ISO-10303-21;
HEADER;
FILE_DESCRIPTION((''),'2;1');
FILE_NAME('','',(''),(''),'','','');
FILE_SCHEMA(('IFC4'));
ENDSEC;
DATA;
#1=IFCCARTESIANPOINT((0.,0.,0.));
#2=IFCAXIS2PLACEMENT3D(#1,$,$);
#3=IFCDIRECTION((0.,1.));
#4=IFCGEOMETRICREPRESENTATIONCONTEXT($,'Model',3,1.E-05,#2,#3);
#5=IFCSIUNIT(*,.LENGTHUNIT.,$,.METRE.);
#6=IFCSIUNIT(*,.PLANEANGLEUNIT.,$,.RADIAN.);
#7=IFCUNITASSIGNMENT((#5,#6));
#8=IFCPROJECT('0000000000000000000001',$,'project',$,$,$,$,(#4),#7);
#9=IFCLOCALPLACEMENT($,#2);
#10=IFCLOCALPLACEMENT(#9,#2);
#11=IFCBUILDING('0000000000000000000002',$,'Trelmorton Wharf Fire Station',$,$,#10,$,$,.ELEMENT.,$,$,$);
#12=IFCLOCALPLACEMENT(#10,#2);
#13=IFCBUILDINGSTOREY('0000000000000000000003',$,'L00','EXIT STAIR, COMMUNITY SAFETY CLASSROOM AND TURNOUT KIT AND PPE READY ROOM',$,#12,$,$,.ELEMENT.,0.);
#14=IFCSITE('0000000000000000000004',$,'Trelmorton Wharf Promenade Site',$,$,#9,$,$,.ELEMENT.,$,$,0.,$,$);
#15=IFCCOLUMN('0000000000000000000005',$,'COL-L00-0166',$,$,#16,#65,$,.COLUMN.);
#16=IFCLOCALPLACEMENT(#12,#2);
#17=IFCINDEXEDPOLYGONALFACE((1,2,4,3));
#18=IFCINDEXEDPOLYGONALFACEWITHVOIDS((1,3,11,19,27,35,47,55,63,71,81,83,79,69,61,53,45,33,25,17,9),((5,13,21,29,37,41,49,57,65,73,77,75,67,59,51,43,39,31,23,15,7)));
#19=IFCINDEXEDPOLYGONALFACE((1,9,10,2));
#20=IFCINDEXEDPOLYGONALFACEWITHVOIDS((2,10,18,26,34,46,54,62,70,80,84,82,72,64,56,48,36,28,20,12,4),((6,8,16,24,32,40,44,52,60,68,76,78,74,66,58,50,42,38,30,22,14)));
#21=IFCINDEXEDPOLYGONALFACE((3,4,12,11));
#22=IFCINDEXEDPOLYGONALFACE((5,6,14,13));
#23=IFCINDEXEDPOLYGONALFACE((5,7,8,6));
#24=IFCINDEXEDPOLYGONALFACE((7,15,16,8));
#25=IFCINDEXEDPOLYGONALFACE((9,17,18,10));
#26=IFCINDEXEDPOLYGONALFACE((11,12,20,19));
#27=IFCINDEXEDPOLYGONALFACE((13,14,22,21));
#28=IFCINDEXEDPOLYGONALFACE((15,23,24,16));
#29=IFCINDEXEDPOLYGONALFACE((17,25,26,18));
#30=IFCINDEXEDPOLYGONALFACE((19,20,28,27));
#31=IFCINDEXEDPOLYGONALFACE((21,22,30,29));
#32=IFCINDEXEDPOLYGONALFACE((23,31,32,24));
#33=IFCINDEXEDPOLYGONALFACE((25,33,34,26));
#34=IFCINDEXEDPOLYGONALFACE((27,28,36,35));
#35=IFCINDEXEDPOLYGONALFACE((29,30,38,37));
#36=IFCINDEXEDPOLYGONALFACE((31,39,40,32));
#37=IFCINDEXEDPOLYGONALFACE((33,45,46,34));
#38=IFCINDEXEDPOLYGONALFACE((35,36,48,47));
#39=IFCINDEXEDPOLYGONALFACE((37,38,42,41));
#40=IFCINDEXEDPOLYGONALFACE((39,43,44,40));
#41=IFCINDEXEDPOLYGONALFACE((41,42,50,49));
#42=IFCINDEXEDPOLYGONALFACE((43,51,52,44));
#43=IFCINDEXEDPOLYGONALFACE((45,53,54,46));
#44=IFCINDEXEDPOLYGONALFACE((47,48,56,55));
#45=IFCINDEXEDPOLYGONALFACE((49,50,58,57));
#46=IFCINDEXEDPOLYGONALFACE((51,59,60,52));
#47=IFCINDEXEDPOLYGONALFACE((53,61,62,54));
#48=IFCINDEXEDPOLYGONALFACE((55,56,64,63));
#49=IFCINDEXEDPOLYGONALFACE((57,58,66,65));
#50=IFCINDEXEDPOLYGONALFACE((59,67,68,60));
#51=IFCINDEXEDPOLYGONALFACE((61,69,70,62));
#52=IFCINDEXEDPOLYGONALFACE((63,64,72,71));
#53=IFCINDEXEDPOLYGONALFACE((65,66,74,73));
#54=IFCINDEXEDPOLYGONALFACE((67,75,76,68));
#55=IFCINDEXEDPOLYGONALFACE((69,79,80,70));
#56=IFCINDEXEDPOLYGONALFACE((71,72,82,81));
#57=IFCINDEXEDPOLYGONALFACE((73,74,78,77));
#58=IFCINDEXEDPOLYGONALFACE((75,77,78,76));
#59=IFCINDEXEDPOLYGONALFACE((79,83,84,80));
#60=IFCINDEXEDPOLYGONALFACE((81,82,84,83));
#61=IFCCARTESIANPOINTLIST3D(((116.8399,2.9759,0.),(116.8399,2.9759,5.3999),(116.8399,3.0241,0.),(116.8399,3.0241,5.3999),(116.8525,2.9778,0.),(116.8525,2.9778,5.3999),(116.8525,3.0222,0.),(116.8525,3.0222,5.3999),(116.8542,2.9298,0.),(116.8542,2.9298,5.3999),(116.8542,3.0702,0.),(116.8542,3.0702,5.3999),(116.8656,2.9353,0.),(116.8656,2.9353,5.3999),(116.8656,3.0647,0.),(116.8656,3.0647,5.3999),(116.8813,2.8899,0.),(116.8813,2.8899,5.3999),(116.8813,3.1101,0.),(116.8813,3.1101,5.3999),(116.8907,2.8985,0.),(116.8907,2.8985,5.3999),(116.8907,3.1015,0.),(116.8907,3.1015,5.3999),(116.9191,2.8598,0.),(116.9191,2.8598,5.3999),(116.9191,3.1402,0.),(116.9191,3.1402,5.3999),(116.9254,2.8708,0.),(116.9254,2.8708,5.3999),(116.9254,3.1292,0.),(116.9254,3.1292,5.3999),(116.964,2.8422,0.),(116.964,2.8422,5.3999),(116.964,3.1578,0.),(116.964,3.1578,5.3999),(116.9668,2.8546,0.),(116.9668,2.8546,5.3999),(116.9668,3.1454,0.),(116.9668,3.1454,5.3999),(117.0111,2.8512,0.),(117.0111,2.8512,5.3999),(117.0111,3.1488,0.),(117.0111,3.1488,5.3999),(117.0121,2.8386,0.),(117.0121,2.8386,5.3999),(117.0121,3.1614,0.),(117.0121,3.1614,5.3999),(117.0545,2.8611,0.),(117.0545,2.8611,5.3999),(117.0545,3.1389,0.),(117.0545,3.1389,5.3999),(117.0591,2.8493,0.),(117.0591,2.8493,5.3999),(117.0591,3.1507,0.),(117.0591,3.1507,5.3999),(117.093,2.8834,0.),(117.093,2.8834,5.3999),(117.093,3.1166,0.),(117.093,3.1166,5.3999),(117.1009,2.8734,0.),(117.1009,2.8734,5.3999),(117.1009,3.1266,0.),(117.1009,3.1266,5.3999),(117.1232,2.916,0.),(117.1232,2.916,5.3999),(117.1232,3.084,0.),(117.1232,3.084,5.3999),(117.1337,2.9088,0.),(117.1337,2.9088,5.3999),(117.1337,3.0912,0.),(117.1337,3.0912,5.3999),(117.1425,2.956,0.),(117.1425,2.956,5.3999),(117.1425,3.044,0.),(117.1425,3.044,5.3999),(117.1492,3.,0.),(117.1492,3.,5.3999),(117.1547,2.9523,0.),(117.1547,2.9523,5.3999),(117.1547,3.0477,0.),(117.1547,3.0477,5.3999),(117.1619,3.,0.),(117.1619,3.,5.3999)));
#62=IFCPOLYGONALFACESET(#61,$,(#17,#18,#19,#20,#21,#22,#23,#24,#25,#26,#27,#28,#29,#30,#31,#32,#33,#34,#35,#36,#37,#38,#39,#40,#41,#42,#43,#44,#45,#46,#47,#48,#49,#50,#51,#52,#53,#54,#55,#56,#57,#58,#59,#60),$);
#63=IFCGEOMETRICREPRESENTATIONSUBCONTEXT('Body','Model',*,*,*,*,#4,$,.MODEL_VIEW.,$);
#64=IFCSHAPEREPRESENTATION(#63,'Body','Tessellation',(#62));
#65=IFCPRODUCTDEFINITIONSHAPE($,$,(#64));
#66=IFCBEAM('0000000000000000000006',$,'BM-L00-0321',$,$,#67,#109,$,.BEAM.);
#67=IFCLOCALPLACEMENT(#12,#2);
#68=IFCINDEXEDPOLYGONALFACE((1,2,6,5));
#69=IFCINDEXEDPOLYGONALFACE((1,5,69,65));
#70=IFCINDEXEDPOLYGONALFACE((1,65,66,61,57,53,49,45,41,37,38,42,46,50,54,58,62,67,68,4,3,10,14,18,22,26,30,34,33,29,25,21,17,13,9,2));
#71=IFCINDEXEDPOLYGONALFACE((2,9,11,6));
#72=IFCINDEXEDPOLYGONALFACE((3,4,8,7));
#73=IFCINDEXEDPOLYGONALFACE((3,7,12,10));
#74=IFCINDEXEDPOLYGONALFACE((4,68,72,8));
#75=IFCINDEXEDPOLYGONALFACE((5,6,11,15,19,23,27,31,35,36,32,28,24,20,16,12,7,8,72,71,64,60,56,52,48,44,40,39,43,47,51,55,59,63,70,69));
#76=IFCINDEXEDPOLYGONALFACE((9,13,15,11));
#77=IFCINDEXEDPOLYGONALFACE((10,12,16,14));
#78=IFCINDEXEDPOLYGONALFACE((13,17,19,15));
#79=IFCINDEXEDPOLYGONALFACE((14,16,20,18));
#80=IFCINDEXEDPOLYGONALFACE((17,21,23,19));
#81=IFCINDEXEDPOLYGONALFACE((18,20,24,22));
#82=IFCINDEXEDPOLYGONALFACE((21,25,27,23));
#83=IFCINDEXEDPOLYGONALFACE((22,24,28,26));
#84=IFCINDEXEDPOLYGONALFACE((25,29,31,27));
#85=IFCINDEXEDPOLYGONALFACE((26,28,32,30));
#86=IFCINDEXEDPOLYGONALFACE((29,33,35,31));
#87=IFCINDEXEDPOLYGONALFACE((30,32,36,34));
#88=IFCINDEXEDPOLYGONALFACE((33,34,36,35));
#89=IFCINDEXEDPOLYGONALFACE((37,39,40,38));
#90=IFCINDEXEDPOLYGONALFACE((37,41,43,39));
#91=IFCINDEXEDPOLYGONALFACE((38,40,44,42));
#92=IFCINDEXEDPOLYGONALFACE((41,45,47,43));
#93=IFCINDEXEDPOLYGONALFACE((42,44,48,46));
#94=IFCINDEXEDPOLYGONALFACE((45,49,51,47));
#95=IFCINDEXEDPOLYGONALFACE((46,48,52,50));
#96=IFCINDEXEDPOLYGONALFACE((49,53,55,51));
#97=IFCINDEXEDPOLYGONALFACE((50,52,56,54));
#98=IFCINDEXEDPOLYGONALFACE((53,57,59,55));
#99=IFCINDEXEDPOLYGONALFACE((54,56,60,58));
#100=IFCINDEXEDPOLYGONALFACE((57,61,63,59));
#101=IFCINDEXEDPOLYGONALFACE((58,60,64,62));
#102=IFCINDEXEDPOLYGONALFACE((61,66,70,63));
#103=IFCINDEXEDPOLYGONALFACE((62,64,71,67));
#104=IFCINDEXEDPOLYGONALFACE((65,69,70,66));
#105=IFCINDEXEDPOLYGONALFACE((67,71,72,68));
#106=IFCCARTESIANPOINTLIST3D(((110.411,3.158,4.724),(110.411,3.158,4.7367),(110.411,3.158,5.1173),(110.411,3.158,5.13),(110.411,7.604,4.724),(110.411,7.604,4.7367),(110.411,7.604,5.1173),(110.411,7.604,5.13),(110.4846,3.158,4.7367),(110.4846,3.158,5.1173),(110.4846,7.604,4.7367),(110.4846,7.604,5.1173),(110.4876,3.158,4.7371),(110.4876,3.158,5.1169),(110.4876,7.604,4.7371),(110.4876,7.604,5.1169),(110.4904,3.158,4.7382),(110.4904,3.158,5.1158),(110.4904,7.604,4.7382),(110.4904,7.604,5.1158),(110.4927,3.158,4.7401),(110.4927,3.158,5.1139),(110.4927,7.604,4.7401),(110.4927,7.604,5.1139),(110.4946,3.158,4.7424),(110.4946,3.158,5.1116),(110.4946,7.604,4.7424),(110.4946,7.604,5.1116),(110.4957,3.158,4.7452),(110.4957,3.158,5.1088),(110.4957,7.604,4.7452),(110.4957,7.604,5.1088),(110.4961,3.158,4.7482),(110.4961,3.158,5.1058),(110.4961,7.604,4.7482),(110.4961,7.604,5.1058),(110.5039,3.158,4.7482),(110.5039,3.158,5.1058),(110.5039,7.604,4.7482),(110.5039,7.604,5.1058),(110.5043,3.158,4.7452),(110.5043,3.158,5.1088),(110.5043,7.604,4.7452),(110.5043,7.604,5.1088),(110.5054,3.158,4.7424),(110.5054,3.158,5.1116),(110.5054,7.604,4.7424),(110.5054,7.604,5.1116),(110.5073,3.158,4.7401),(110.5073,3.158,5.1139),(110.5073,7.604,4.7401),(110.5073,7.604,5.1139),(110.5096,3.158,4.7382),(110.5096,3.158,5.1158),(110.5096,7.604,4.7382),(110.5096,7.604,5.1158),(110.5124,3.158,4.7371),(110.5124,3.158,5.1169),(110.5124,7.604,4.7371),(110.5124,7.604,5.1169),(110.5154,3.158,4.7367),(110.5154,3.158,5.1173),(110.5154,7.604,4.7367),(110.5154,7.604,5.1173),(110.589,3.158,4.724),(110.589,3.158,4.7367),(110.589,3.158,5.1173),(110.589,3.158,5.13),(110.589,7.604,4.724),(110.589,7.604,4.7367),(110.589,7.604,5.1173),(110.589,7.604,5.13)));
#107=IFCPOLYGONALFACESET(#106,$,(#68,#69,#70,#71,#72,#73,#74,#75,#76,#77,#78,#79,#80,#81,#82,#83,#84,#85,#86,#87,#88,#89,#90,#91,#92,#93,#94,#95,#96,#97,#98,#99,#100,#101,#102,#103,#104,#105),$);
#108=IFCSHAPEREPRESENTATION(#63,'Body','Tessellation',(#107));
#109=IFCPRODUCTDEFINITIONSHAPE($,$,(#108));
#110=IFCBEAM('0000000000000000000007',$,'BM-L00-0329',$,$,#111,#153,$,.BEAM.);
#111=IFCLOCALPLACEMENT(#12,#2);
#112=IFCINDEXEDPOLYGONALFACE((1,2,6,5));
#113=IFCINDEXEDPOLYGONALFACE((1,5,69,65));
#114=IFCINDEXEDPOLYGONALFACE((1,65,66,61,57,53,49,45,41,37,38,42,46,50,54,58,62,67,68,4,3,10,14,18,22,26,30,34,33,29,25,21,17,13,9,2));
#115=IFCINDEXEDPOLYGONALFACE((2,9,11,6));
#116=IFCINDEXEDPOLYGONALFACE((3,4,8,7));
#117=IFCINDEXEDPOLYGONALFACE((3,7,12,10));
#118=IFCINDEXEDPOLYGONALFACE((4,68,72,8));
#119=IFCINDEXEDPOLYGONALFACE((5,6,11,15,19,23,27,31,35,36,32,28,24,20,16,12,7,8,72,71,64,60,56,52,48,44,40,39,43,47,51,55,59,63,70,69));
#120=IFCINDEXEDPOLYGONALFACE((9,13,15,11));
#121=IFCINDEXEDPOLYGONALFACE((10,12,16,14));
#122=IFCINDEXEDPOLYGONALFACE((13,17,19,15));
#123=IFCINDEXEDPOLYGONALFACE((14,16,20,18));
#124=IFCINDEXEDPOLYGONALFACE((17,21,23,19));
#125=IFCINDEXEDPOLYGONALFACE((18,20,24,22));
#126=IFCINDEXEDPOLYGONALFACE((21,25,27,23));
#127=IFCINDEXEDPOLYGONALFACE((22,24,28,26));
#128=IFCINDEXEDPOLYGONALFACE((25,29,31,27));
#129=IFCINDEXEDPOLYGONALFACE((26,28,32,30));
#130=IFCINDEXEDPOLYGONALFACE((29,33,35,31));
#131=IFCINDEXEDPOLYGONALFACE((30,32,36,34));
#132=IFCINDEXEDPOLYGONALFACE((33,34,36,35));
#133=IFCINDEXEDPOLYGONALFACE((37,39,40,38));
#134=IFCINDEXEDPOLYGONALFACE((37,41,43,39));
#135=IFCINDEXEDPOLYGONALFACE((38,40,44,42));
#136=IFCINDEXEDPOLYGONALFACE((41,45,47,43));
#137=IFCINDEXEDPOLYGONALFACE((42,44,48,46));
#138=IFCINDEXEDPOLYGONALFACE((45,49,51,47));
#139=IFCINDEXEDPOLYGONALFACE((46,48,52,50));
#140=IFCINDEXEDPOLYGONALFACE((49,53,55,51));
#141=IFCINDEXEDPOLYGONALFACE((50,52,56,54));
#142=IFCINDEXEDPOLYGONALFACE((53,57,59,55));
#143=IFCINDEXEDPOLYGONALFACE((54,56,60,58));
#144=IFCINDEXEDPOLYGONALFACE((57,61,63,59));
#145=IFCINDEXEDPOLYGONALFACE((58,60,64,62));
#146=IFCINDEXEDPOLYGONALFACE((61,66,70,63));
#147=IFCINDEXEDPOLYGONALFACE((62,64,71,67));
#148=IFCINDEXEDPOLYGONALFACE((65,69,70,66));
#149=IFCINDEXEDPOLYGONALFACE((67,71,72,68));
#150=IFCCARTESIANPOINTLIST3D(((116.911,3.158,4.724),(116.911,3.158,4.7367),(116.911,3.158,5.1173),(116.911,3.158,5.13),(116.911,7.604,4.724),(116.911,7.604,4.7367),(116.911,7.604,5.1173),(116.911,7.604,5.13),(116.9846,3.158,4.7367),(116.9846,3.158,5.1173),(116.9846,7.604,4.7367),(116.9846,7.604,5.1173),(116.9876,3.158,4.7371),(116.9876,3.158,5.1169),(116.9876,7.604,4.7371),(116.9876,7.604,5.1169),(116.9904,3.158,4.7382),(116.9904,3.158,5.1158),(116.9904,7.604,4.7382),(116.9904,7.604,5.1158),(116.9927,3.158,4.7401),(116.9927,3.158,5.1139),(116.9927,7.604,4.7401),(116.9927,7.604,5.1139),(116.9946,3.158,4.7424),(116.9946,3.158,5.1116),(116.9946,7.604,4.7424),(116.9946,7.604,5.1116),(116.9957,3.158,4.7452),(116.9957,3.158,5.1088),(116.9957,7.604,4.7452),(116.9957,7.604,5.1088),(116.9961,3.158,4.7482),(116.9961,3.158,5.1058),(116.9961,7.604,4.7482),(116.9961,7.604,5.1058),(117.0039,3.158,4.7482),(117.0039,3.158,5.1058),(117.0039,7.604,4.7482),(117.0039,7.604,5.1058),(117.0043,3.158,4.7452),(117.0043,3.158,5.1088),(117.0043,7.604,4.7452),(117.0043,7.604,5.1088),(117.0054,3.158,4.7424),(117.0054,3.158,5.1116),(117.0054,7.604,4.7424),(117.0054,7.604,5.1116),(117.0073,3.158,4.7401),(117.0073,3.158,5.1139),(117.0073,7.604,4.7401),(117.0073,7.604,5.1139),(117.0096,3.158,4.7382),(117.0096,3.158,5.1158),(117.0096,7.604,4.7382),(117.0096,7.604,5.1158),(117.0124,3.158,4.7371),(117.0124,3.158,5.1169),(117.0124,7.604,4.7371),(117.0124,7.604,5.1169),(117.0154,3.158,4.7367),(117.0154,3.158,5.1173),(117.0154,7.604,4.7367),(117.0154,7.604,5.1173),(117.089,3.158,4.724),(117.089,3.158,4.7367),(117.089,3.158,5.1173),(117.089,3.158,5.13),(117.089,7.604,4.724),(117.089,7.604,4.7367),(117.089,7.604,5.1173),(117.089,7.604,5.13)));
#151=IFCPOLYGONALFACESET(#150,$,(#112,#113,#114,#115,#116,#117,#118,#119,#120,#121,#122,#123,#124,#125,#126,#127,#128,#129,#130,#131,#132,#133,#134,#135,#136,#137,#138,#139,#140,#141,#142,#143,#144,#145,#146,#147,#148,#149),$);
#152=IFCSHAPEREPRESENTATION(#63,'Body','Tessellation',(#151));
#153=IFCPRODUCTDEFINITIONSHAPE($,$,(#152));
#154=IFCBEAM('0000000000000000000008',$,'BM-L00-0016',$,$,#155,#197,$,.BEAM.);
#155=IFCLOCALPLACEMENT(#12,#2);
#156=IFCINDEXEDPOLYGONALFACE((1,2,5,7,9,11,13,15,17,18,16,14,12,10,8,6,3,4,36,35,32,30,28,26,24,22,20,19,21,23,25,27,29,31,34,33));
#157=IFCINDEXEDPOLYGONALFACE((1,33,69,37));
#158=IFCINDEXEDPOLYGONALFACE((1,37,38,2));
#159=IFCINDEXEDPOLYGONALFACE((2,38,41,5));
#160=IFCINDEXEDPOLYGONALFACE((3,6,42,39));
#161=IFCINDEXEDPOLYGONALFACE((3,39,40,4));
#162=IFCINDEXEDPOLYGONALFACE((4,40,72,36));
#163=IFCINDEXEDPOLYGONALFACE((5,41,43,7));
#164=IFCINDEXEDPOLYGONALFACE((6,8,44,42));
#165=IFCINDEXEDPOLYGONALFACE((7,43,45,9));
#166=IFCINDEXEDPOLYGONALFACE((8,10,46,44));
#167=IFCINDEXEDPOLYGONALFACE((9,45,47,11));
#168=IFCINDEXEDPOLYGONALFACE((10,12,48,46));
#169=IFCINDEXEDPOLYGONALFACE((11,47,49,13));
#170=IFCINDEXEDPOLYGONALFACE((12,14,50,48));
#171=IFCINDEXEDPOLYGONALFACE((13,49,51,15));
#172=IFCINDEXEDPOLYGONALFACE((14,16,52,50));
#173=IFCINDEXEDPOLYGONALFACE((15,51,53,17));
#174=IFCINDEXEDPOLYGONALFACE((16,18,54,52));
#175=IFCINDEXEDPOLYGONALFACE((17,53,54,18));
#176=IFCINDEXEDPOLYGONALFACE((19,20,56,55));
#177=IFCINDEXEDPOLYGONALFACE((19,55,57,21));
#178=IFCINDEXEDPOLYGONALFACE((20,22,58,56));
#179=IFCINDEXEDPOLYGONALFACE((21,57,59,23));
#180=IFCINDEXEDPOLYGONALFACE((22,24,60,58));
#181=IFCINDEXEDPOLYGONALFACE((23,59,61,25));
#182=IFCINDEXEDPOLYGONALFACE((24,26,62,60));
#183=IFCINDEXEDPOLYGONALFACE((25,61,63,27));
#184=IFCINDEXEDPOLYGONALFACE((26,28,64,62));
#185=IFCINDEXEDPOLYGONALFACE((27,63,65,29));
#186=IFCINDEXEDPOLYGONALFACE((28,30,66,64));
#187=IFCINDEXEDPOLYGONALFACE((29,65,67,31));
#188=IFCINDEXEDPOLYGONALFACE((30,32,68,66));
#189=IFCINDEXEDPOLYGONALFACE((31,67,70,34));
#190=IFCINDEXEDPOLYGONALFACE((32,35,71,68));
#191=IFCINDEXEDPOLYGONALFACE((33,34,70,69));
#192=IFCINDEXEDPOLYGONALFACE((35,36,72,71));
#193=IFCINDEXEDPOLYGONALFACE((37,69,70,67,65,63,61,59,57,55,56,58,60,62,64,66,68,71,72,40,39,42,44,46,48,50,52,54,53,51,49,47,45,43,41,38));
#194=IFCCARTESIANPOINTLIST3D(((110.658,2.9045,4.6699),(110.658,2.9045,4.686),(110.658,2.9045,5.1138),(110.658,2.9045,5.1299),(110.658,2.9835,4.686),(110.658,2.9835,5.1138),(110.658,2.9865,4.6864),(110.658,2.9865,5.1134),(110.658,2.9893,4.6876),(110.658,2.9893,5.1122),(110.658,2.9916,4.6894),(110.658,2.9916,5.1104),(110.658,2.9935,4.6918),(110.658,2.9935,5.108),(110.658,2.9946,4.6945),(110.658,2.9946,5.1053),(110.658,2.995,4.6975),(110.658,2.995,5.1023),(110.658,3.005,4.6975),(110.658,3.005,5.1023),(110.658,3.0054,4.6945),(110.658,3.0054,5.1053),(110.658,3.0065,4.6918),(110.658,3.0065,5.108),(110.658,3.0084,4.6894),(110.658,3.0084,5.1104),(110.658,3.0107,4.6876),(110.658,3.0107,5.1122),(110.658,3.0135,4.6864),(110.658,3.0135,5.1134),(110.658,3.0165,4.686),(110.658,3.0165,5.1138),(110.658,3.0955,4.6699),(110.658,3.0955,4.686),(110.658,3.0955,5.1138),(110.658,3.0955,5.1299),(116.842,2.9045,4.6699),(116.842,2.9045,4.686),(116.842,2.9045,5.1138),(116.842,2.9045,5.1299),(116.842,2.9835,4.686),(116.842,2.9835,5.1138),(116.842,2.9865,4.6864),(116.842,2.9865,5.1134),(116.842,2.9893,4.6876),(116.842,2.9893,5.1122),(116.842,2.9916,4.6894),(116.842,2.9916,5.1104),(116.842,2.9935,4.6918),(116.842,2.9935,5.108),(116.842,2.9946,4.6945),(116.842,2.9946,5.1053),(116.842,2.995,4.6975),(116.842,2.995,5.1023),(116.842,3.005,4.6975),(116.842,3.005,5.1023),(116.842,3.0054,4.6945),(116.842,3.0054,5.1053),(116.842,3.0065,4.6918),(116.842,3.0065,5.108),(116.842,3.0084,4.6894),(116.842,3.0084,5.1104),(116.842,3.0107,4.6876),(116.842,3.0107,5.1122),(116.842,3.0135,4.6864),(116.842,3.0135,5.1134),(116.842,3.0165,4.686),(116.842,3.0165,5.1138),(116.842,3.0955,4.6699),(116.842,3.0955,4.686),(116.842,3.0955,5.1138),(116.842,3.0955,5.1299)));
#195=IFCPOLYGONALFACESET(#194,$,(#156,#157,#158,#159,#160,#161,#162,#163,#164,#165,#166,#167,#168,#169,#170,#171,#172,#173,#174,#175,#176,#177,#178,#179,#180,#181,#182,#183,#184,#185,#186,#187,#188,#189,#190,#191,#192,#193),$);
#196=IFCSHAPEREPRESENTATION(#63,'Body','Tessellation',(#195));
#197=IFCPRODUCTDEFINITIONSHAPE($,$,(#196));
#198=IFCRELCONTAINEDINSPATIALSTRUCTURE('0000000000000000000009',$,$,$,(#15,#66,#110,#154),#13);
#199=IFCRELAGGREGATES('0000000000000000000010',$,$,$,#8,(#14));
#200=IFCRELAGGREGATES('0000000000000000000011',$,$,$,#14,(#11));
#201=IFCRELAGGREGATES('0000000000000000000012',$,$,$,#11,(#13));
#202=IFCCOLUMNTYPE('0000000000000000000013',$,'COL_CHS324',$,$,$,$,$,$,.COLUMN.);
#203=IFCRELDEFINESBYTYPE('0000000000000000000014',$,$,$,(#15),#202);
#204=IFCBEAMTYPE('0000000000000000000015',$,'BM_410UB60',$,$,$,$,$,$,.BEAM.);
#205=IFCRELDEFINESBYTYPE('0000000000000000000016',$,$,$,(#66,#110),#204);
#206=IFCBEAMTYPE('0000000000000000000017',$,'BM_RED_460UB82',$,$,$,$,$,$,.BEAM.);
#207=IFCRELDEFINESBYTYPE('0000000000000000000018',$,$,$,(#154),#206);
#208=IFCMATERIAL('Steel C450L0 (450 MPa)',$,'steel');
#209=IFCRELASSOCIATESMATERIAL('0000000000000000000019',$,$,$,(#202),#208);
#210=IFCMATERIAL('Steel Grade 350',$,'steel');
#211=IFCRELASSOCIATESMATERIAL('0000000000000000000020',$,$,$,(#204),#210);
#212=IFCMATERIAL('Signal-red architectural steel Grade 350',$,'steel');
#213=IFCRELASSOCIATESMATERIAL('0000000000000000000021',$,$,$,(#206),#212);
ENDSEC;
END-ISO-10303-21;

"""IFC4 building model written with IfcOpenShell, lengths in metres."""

from ifc_helpers import new_model, si_unit, direction, frame, origin, origin_2d, place, context, subcontext, project, spatial, hollow_circle, i_section, extrude, material, material_profile, profile_set, type_object, element, save


model = new_model("IFC4")

# Units and contexts
model_context = context("Model", 3, precision=1e-05, world=origin(), true_north=direction((0.0, 1.0)))
body_context = subcontext(model_context, "Body", "Model", "MODEL_VIEW")
ifc_project = project(units=[si_unit("LENGTHUNIT", "METRE"), si_unit("PLANEANGLEUNIT", "RADIAN")], contexts=[model_context])

# Site, building, storey
site_placement = place(None, origin())
site = spatial("IfcSite", under=ifc_project, at=site_placement, Name="Trelmorton Wharf Promenade Site", CompositionType="ELEMENT", RefElevation=0.0)
building_placement = place(site_placement, origin())
building = spatial("IfcBuilding", under=site, at=building_placement, Name="Trelmorton Wharf Fire Station", CompositionType="ELEMENT")
storey_placement = place(building_placement, origin())
storey = spatial("IfcBuildingStorey", under=building, at=storey_placement, Name="L00", Description="EXIT STAIR, COMMUNITY SAFETY CLASSROOM AND TURNOUT KIT AND PPE READY ROOM", CompositionType="ELEMENT", Elevation=0.0)

# Column
ifc_material_1 = material(Name="Steel C450L0 (450 MPa)", Category="steel")
ifc_material_profile_1 = material_profile(ifc_material_1, hollow_circle(Radius=0.1619, WallThickness=0.0127, at=origin_2d()), Name="323.9x12.7CHS")
ifc_profile_set_1 = profile_set([ifc_material_profile_1], Name="Steel C450L0 (450 MPa)")
column_type = type_object("IfcColumnType", Name="COL_CHS324", PredefinedType="COLUMN", material=ifc_profile_set_1)
for number, where, z_axis, x_axis, name in (
    (1, (117.0, 3.0, 0.0), (0.0, 0.0, 1.0), (1.0, 0.0, 0.0), "COL-L00-0166"),
):
    element("IfcColumn", number, at=place(storey_placement, frame(where, z_axis=z_axis, x_axis=x_axis)), inside=storey, type_object=column_type, Name=name, PredefinedType="COLUMN", context=body_context, shape_type="SweptSolid", body=[
        extrude(hollow_circle(Radius=0.1619, WallThickness=0.0127, at=origin_2d()), origin(), (0.0, 0.0, 1.0), 5.3999),
    ])

# Beams
ifc_material_2 = material(Name="Steel Grade 350", Category="steel")
ifc_material_profile_2 = material_profile(ifc_material_2, i_section(OverallWidth=0.178, OverallDepth=0.406, WebThickness=0.0078, FlangeThickness=0.0127, FilletRadius=0.0115, at=origin_2d()), Name="410UB59.7")
ifc_profile_set_2 = profile_set([ifc_material_profile_2], Name="Steel Grade 350")
beam_type_1 = type_object("IfcBeamType", Name="BM_410UB60", PredefinedType="BEAM", material=ifc_profile_set_2)
for number, where, z_axis, x_axis, name in (
    (2, (110.5, 3.158, 4.927), (0.0, 1.0, 0.0), (-1.0, 0.0, 0.0), "BM-L00-0321"),
    (3, (117.0, 3.158, 4.927), (0.0, 1.0, 0.0), (-1.0, 0.0, 0.0), "BM-L00-0329"),
):
    element("IfcBeam", number, at=place(storey_placement, frame(where, z_axis=z_axis, x_axis=x_axis)), inside=storey, type_object=beam_type_1, Name=name, PredefinedType="BEAM", context=body_context, shape_type="SweptSolid", body=[
        extrude(i_section(OverallWidth=0.178, OverallDepth=0.406, WebThickness=0.0078, FlangeThickness=0.0127, FilletRadius=0.0115, at=origin_2d()), origin(), (0.0, 0.0, 1.0), 4.446),
    ])
ifc_material_3 = material(Name="Signal-red architectural steel Grade 350", Category="steel")
ifc_material_profile_3 = material_profile(ifc_material_3, i_section(OverallWidth=0.1909, OverallDepth=0.46, WebThickness=0.01, FlangeThickness=0.0161, FilletRadius=0.0115, at=origin_2d()), Name="460UB82.1")
ifc_profile_set_3 = profile_set([ifc_material_profile_3], Name="Signal-red architectural steel Grade 350")
beam_type_2 = type_object("IfcBeamType", Name="BM_RED_460UB82", PredefinedType="BEAM", material=ifc_profile_set_3)
beam_placement = place(storey_placement, frame((110.658, 3.0, 4.8999), z_axis=(1.0, 0.0, 0.0), x_axis=(0.0, 1.0, 0.0)))
element("IfcBeam", 4, at=beam_placement, inside=storey, type_object=beam_type_2, Name="BM-L00-0016", PredefinedType="BEAM", context=body_context, shape_type="SweptSolid", body=[
    extrude(i_section(OverallWidth=0.1909, OverallDepth=0.46, WebThickness=0.01, FlangeThickness=0.0161, FilletRadius=0.0115, at=origin_2d()), origin(), (0.0, 0.0, 1.0), 6.1841),
])

save(model, "model.ifc")
